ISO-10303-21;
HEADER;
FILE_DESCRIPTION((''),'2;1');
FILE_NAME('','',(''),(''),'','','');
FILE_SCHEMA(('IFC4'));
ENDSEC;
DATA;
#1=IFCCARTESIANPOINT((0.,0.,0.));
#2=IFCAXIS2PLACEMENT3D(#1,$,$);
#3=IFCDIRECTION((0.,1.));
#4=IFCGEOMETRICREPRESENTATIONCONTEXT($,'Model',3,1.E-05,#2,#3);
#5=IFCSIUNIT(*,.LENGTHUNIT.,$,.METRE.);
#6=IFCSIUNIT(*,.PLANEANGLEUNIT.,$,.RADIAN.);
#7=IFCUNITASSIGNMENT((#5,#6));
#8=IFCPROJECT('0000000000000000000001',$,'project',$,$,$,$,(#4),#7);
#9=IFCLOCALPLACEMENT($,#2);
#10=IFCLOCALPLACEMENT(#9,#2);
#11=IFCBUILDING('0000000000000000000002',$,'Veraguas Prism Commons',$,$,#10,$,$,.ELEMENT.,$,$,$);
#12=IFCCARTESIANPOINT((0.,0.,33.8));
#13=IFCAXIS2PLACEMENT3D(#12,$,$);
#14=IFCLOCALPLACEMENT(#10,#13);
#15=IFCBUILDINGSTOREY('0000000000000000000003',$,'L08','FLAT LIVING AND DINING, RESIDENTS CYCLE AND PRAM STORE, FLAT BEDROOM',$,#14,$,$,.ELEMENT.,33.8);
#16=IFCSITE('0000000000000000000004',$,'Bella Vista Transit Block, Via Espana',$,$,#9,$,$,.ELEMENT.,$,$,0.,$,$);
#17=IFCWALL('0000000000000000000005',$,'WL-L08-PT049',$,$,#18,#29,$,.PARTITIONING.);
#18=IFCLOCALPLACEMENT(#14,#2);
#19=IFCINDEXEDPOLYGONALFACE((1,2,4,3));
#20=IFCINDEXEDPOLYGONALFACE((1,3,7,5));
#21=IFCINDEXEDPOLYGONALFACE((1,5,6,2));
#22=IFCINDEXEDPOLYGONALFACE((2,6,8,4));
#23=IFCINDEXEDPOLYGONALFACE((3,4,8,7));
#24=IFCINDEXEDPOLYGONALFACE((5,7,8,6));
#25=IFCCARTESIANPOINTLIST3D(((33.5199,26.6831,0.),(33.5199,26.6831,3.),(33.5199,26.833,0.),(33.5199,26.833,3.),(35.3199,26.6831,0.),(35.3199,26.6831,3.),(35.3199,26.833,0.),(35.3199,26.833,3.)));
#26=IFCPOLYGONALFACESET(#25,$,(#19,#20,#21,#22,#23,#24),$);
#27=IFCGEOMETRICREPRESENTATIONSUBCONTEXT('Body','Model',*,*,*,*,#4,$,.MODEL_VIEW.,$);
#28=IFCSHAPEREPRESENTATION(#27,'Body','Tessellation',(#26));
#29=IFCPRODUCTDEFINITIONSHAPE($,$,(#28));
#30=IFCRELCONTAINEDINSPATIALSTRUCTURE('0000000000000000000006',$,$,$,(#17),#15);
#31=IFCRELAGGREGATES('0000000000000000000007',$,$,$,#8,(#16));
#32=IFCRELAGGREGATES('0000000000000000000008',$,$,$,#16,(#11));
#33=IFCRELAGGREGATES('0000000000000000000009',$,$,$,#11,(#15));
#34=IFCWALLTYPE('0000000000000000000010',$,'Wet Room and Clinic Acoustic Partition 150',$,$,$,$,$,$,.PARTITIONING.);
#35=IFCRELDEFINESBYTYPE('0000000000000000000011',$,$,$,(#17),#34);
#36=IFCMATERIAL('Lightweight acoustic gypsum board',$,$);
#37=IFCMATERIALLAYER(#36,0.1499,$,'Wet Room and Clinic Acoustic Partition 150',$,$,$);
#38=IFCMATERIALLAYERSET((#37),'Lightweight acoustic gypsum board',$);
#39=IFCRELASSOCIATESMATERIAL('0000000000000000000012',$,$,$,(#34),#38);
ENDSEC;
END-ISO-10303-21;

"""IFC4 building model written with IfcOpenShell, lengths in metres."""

from ifc_helpers import new_model, si_unit, direction, frame, frame_2d, origin, place, context, subcontext, project, spatial, rectangle, extrude, material, layer, layer_set, type_object, element, save


model = new_model("IFC4")

# Units and contexts
model_context = context("Model", 3, precision=1e-05, world=origin(), true_north=direction((0.0, 1.0)))
body_context = subcontext(model_context, "Body", "Model", "MODEL_VIEW")
ifc_project = project(units=[si_unit("LENGTHUNIT", "METRE"), si_unit("PLANEANGLEUNIT", "RADIAN")], contexts=[model_context])

# Site, building, storey
site_placement = place(None, origin())
site = spatial("IfcSite", under=ifc_project, at=site_placement, Name="Bella Vista Transit Block, Via Espana", CompositionType="ELEMENT", RefElevation=0.0)
building_placement = place(site_placement, origin())
building = spatial("IfcBuilding", under=site, at=building_placement, Name="Veraguas Prism Commons", CompositionType="ELEMENT")
storey_placement = place(building_placement, frame((0.0, 0.0, 33.8)))
storey = spatial("IfcBuildingStorey", under=building, at=storey_placement, Name="L08", Description="FLAT LIVING AND DINING, RESIDENTS CYCLE AND PRAM STORE, FLAT BEDROOM", CompositionType="ELEMENT", Elevation=33.8)

# Shared definitions
ifc_material_1 = material(Name="Lightweight acoustic gypsum board")

# Wall
ifc_layer_1 = layer(ifc_material_1, 0.1499, Name="Wet Room and Clinic Acoustic Partition 150")
ifc_layer_set_1 = layer_set([ifc_layer_1], Name="Lightweight acoustic gypsum board")
wall_type_1 = type_object("IfcWallType", Name="Wet Room and Clinic Acoustic Partition 150", PredefinedType="PARTITIONING", material=ifc_layer_set_1)
wall_1_placement = place(storey_placement, frame((33.52, 26.7581, 0.0), z_axis=(0.0, 0.0, 1.0), x_axis=(1.0, 0.0, 0.0)))
element("IfcWall", 1, at=wall_1_placement, inside=storey, type_object=wall_type_1, Name="WL-L08-PT049", PredefinedType="PARTITIONING", context=body_context, shape_type="SweptSolid", body=[
    extrude(rectangle(XDim=1.8, YDim=0.1499, at=frame_2d((0.8999, 0.0))), origin(), (0.0, 0.0, 1.0), 3.0),
])

save(model, "model.ifc")
